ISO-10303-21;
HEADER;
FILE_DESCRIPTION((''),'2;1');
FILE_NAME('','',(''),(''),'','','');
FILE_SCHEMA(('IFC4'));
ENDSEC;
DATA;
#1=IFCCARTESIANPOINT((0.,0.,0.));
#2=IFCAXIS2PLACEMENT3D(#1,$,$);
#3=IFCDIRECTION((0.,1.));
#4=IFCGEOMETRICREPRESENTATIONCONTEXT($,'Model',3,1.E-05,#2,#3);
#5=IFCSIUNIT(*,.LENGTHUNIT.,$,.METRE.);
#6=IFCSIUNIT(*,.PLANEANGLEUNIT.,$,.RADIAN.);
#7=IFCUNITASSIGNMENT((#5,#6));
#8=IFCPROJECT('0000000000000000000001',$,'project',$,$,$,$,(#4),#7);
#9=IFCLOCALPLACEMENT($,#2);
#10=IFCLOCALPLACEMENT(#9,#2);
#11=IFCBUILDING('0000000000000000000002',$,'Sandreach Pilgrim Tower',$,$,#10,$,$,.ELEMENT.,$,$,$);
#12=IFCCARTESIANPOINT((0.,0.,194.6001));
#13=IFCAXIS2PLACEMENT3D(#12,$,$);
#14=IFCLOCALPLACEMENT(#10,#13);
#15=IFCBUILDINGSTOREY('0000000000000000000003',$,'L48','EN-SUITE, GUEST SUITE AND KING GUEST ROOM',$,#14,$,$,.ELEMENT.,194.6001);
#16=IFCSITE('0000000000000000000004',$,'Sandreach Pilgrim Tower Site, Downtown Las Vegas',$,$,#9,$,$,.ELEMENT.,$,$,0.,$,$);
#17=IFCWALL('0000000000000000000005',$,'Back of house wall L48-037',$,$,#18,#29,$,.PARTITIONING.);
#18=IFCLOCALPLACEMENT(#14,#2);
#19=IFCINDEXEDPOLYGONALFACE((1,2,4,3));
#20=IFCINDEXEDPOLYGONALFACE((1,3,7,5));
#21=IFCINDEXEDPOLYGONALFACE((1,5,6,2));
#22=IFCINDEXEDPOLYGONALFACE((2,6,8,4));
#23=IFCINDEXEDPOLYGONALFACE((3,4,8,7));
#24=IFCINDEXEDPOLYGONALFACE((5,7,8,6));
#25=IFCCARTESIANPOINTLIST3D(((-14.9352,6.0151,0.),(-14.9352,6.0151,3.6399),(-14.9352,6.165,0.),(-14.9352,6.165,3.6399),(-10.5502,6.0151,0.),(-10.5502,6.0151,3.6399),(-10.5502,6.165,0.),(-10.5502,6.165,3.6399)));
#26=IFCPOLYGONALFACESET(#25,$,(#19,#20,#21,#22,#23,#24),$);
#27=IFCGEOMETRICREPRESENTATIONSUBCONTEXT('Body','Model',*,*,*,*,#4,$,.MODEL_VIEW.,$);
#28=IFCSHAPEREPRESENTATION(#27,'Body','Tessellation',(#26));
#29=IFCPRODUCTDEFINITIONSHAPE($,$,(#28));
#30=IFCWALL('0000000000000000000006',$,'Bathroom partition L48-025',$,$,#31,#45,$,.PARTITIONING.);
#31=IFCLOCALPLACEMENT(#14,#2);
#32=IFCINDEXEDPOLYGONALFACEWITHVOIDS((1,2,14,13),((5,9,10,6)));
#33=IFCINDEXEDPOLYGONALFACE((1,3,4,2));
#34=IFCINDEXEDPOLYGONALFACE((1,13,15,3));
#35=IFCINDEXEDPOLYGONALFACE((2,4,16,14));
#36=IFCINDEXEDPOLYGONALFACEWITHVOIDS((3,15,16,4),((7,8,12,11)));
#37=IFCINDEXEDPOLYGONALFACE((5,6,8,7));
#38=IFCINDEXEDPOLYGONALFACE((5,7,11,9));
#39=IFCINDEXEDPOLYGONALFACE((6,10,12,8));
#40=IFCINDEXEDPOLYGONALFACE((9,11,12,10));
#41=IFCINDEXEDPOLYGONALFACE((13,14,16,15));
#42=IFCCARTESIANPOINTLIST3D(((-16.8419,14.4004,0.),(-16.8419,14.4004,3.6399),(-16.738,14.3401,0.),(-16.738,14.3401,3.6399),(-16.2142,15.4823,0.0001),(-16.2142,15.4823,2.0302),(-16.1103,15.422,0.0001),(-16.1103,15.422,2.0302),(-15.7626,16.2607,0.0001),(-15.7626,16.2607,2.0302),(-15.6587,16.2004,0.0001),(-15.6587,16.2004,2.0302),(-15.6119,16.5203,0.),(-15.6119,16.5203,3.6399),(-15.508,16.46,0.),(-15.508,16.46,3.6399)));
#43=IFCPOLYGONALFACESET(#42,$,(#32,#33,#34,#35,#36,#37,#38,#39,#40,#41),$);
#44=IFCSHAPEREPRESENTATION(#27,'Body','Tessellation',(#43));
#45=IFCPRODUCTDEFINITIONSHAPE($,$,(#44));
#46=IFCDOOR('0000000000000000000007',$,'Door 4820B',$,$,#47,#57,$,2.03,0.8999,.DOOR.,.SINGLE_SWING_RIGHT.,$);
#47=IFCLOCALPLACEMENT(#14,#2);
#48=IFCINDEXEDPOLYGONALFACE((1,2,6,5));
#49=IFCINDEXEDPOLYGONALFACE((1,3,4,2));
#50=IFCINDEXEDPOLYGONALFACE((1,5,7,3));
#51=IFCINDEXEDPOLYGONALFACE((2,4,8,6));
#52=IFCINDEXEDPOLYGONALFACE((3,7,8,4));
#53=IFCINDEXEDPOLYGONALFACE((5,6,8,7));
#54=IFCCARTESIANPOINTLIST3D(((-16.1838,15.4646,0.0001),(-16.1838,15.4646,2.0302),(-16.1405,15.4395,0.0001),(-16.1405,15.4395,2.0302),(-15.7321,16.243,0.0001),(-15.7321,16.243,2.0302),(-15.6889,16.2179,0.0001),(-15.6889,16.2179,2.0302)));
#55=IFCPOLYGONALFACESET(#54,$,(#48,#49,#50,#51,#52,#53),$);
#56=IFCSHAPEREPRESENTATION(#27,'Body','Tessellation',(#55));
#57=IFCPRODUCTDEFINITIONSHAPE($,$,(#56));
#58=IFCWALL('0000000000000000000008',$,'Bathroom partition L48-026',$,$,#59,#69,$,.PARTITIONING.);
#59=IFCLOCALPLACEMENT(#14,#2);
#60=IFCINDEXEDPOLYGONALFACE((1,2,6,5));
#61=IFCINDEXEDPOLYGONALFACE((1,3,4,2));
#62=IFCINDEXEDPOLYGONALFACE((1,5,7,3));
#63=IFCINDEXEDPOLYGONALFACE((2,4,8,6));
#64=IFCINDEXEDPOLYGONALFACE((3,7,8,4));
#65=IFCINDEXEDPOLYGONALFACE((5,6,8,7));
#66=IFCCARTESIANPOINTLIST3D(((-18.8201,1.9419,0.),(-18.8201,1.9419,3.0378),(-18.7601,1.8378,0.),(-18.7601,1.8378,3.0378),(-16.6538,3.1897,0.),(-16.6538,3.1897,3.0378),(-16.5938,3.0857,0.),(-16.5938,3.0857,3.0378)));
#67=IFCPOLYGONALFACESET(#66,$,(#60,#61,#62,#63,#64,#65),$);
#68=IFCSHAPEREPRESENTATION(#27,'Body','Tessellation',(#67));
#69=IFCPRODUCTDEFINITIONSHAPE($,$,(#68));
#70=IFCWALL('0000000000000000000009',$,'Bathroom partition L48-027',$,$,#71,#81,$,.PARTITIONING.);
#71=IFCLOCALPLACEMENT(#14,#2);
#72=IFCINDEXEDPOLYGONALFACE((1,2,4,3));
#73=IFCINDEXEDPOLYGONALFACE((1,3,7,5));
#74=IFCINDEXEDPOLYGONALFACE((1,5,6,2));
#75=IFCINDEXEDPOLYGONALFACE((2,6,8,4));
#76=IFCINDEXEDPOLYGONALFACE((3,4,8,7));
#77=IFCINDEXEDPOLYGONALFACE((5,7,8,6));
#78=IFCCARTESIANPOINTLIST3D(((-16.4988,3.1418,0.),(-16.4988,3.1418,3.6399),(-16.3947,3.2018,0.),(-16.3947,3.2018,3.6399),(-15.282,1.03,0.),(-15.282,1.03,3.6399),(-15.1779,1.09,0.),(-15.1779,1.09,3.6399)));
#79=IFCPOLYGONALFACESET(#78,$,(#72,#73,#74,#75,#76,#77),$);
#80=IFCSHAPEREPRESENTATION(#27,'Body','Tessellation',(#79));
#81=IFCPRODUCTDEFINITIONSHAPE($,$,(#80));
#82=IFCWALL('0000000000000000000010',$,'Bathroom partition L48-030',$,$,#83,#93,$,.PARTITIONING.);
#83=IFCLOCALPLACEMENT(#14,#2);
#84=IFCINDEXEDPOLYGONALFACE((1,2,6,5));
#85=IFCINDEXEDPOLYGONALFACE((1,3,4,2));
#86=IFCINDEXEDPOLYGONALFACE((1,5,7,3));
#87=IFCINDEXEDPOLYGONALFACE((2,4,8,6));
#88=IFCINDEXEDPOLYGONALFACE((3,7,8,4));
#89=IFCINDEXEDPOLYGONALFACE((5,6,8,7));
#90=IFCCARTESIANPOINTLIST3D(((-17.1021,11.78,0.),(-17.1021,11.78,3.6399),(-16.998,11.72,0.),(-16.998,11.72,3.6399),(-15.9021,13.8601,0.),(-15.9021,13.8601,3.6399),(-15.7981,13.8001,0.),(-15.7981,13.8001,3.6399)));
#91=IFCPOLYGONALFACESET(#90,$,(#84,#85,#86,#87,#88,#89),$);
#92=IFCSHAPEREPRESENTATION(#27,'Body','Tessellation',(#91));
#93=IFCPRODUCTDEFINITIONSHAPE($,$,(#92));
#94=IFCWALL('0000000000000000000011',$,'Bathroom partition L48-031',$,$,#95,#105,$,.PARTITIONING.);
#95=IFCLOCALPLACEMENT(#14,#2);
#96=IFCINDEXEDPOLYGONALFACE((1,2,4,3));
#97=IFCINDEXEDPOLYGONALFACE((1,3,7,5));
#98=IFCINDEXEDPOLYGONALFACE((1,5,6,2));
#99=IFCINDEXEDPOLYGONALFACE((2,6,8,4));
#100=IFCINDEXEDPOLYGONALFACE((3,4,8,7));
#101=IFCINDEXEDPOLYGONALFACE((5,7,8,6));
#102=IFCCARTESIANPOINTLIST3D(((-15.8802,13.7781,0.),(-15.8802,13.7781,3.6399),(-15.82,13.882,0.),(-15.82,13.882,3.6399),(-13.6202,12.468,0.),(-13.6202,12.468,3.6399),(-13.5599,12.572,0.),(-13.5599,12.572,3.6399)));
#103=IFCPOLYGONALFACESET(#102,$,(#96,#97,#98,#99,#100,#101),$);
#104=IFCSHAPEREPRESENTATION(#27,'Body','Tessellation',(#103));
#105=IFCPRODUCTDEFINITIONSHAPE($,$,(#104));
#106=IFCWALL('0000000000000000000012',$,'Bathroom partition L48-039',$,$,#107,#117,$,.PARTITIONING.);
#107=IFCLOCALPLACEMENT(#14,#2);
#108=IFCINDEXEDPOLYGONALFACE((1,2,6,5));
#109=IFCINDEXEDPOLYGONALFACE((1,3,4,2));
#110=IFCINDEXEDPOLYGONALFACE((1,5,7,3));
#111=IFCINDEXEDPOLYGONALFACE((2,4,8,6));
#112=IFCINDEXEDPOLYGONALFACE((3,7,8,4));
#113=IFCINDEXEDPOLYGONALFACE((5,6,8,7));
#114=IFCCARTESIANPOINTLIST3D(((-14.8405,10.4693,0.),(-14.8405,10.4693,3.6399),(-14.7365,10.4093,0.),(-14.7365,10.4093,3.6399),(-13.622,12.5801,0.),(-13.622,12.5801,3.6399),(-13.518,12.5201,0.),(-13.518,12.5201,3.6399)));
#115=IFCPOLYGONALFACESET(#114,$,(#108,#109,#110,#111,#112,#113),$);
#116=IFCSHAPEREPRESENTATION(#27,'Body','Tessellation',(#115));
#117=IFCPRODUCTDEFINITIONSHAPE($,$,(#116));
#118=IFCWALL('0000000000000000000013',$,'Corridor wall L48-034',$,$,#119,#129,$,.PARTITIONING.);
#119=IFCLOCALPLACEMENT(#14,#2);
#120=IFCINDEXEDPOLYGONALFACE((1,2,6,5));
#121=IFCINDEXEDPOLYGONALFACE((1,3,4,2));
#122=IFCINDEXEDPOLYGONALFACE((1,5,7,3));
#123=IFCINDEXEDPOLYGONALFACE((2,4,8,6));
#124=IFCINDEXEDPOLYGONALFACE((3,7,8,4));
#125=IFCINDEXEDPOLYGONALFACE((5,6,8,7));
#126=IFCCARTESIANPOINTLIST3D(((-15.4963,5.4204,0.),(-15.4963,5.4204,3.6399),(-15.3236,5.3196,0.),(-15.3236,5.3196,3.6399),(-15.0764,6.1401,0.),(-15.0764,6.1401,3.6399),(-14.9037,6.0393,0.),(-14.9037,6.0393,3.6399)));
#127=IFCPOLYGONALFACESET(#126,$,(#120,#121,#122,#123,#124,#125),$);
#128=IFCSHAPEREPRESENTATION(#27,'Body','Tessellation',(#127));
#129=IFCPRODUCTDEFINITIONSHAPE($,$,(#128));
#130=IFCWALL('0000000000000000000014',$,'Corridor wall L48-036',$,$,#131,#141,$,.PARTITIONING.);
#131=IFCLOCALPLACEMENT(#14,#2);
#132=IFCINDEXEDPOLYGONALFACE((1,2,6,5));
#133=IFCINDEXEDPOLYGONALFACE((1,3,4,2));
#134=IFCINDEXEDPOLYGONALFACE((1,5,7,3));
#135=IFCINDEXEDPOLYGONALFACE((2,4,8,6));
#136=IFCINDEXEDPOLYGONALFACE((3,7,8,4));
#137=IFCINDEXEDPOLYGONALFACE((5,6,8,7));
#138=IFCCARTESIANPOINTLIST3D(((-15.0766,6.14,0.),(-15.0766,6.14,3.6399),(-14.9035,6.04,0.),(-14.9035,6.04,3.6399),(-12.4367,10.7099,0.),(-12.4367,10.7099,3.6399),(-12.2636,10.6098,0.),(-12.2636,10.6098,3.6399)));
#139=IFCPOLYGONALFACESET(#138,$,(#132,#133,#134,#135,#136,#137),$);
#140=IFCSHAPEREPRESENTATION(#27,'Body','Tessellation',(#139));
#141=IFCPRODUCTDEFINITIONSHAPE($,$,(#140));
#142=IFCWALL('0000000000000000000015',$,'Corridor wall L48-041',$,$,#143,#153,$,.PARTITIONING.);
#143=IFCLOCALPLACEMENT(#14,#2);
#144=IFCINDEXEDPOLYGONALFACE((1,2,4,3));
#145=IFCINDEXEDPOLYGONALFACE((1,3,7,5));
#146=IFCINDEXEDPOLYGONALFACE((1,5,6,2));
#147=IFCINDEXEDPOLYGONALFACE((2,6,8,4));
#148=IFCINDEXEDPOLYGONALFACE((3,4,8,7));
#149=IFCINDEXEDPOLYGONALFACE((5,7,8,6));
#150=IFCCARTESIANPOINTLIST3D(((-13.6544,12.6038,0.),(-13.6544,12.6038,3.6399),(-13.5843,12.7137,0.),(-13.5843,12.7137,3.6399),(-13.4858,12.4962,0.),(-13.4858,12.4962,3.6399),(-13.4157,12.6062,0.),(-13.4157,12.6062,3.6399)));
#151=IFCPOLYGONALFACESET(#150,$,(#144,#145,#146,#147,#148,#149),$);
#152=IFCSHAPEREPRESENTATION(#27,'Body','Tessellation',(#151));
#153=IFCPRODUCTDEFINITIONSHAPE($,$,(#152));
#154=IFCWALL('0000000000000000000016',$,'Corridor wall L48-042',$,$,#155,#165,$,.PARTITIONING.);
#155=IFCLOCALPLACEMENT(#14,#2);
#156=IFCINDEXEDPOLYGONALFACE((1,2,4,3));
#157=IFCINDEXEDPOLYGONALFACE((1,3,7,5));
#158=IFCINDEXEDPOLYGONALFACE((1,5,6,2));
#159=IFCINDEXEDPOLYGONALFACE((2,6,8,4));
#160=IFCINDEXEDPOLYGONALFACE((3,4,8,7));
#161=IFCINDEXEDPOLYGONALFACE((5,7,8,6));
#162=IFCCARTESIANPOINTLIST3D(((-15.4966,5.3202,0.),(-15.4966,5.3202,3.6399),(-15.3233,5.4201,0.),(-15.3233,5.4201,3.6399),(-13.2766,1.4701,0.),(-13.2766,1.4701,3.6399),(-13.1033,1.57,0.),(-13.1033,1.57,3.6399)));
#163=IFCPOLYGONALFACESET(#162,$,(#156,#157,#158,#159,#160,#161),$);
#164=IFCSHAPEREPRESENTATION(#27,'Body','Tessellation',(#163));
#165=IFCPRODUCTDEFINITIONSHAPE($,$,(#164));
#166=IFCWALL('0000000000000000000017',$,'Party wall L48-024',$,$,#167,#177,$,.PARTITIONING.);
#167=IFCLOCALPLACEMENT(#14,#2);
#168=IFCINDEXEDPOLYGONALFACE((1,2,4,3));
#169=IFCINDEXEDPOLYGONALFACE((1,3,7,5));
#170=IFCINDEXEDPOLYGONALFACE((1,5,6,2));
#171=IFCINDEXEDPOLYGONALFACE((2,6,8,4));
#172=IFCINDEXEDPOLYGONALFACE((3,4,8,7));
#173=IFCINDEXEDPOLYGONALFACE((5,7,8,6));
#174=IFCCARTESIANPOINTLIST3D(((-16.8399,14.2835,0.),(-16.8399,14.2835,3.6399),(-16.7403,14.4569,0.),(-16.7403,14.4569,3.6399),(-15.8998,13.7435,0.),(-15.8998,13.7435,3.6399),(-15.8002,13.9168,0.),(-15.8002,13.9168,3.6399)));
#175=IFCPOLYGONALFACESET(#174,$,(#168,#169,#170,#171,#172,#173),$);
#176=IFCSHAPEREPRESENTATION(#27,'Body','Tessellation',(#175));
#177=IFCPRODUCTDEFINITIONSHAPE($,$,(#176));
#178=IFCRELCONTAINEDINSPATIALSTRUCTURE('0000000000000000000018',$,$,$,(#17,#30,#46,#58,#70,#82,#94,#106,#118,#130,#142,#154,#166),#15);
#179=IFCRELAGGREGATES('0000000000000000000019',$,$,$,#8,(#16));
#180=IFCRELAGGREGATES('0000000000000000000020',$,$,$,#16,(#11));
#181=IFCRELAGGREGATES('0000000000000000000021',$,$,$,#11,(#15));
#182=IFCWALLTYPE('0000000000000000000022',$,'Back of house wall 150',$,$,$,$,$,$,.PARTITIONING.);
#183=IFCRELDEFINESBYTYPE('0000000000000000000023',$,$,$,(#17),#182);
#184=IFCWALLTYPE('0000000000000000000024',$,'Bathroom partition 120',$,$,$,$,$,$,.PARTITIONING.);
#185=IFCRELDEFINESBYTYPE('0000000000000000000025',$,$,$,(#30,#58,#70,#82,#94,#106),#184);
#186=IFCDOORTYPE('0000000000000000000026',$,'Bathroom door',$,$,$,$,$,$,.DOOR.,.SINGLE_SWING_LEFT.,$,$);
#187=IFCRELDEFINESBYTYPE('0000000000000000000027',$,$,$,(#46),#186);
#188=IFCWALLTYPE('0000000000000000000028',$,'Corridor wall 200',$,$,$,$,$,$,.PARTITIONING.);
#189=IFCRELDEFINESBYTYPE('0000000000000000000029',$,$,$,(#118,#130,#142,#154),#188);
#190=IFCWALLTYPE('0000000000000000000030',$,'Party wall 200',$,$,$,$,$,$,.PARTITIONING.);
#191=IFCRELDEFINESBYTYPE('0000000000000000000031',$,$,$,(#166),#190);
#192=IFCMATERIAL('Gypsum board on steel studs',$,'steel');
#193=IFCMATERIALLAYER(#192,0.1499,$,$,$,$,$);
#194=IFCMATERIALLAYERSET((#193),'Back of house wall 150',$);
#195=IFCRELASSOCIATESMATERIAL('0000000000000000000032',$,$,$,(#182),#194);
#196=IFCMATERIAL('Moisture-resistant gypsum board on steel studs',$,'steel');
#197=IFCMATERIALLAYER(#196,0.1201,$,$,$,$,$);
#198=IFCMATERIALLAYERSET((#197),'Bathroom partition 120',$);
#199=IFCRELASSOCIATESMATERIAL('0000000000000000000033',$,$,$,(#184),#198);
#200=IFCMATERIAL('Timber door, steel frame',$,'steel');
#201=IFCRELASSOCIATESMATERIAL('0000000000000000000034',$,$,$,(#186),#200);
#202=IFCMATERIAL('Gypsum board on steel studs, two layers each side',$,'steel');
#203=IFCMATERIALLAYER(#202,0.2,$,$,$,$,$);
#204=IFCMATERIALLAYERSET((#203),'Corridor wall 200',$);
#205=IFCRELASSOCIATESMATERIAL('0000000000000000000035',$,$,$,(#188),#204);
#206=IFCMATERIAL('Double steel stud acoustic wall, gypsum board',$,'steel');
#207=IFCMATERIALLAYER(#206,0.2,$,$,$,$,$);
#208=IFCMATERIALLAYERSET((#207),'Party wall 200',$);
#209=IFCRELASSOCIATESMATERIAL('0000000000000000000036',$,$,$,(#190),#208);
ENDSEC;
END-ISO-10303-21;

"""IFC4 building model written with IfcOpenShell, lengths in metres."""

from ifc_helpers import new_model, si_unit, direction, frame, frame_2d, origin, place, context, subcontext, project, spatial, rectangle, extrude, material, layer, layer_set, type_object, element, fill, save


model = new_model("IFC4")

# Units and contexts
model_context = context("Model", 3, precision=1e-05, world=origin(), true_north=direction((0.0, 1.0)))
body_context = subcontext(model_context, "Body", "Model", "MODEL_VIEW")
ifc_project = project(units=[si_unit("LENGTHUNIT", "METRE"), si_unit("PLANEANGLEUNIT", "RADIAN")], contexts=[model_context])

# Site, building, storey
site_placement = place(None, origin())
site = spatial("IfcSite", under=ifc_project, at=site_placement, Name="Sandreach Pilgrim Tower Site, Downtown Las Vegas", CompositionType="ELEMENT", RefElevation=0.0)
building_placement = place(site_placement, origin())
building = spatial("IfcBuilding", under=site, at=building_placement, Name="Sandreach Pilgrim Tower", CompositionType="ELEMENT")
storey_placement = place(building_placement, frame((0.0, 0.0, 194.6001)))
storey = spatial("IfcBuildingStorey", under=building, at=storey_placement, Name="L48", Description="EN-SUITE, GUEST SUITE AND KING GUEST ROOM", CompositionType="ELEMENT", Elevation=194.6001)

# Wall
ifc_material_1 = material(Name="Gypsum board on steel studs", Category="steel")
ifc_layer_1 = layer(ifc_material_1, 0.1499)
ifc_layer_set_1 = layer_set([ifc_layer_1], Name="Back of house wall 150")
wall_type_1 = type_object("IfcWallType", Name="Back of house wall 150", PredefinedType="PARTITIONING", material=ifc_layer_set_1)
wall_1_placement = place(storey_placement, frame((-14.9351, 6.0901, 0.0), z_axis=(0.0, 0.0, 1.0), x_axis=(1.0, 0.0, 0.0)))
element("IfcWall", 1, at=wall_1_placement, inside=storey, type_object=wall_type_1, Name="Back of house wall L48-037", PredefinedType="PARTITIONING", context=body_context, shape_type="SweptSolid", body=[
    extrude(rectangle(XDim=4.385, YDim=0.1499, at=frame_2d((2.1924, 0.0))), origin(), (0.0, 0.0, 1.0), 3.6399),
])

# Wall, opening, door
ifc_material_2 = material(Name="Moisture-resistant gypsum board on steel studs", Category="steel")
ifc_layer_2 = layer(ifc_material_2, 0.1201)
ifc_layer_set_2 = layer_set([ifc_layer_2], Name="Bathroom partition 120")
wall_type_2 = type_object("IfcWallType", Name="Bathroom partition 120", PredefinedType="PARTITIONING", material=ifc_layer_set_2)
wall_2_placement = place(storey_placement, frame((-16.79, 14.3701, 0.0), z_axis=(0.0, 0.0, 1.0), x_axis=(0.501857, 0.864951, 0.0)))
wall_2 = element("IfcWall", 2, at=wall_2_placement, inside=storey, type_object=wall_type_2, Name="Bathroom partition L48-025", PredefinedType="PARTITIONING", context=body_context, shape_type="SweptSolid", body=[
    extrude(rectangle(XDim=2.4509, YDim=0.1201, at=frame_2d((1.2256, 0.0))), origin(), (0.0, 0.0, 1.0), 3.6399),
])
opening_1_placement = place(wall_2_placement, frame((1.251, 0.0, 0.0)))
opening_1 = element("IfcOpeningElement", 3, at=opening_1_placement, cuts=wall_2, PredefinedType="OPENING", context=body_context, shape_type="SweptSolid", body=[
    extrude(rectangle(XDim=0.8999, YDim=2.03, at=frame_2d((0.45, 1.0151))), frame((0.0, 0.0601, 0.0), z_axis=(0.0, -1.0, 0.0), x_axis=(1.0, 0.0, 0.0)), (0.0, 0.0, 1.0), 0.1201),
])
ifc_material_3 = material(Name="Timber door, steel frame", Category="steel")
door_type_1 = type_object("IfcDoorType", Name="Bathroom door", OperationType="SINGLE_SWING_LEFT", PredefinedType="DOOR", material=ifc_material_3)
door_1_placement = place(opening_1_placement, origin())
door_1 = element("IfcDoor", 4, at=door_1_placement, inside=storey, type_object=door_type_1, Name="Door 4820B", OperationType="SINGLE_SWING_RIGHT", OverallHeight=2.03, OverallWidth=0.8999, PredefinedType="DOOR", context=body_context, shape_type="SweptSolid", body=[
    extrude(rectangle(XDim=0.8999, YDim=2.03, at=frame_2d((0.45, 1.0151))), frame((0.0, 0.0249, 0.0), z_axis=(0.0, -1.0, 0.0), x_axis=(1.0, 0.0, 0.0)), (0.0, 0.0, 1.0), 0.05),
])
fill(opening_1, door_1)

# Walls
wall_3_placement = place(storey_placement, frame((-16.6238, 3.1377, 0.0), z_axis=(0.0, 0.0, 1.0), x_axis=(-0.866525, -0.499133, 0.0)))
element("IfcWall", 5, at=wall_3_placement, inside=storey, type_object=wall_type_2, Name="Bathroom partition L48-026", PredefinedType="PARTITIONING", context=body_context, shape_type="SweptSolid", body=[
    extrude(rectangle(XDim=2.5, YDim=0.1201, at=frame_2d((1.25, 0.0))), origin(), (0.0, 0.0, 1.0), 3.0378),
])
wall_4_placement = place(storey_placement, frame((-16.4468, 3.1719, 0.0), z_axis=(0.0, 0.0, 1.0), x_axis=(0.499243, -0.866462, 0.0)))
element("IfcWall", 6, at=wall_4_placement, inside=storey, type_object=wall_type_2, Name="Bathroom partition L48-027", PredefinedType="PARTITIONING", context=body_context, shape_type="SweptSolid", body=[
    extrude(rectangle(XDim=2.4373, YDim=0.1201, at=frame_2d((1.2188, 0.0))), origin(), (0.0, 0.0, 1.0), 3.6399),
])
wall_5_placement = place(storey_placement, frame((-15.8501, 13.8301, 0.0), z_axis=(0.0, 0.0, 1.0), x_axis=(-0.499693, -0.866203, 0.0)))
element("IfcWall", 7, at=wall_5_placement, inside=storey, type_object=wall_type_2, Name="Bathroom partition L48-030", PredefinedType="PARTITIONING", context=body_context, shape_type="SweptSolid", body=[
    extrude(rectangle(XDim=2.4014, YDim=0.1201, at=frame_2d((1.2007, 0.0))), origin(), (0.0, 0.0, 1.0), 3.6399),
])
wall_6_placement = place(storey_placement, frame((-15.8501, 13.8301, 0.0), z_axis=(0.0, 0.0, 1.0), x_axis=(0.865155, -0.501504, 0.0)))
element("IfcWall", 8, at=wall_6_placement, inside=storey, type_object=wall_type_2, Name="Bathroom partition L48-031", PredefinedType="PARTITIONING", context=body_context, shape_type="SweptSolid", body=[
    extrude(rectangle(XDim=2.6123, YDim=0.1201, at=frame_2d((1.3062, 0.0))), origin(), (0.0, 0.0, 1.0), 3.6399),
])
wall_7_placement = place(storey_placement, frame((-14.7886, 10.4392, 0.0), z_axis=(0.0, 0.0, 1.0), x_axis=(0.499942, 0.866059, 0.0)))
element("IfcWall", 9, at=wall_7_placement, inside=storey, type_object=wall_type_2, Name="Bathroom partition L48-039", PredefinedType="PARTITIONING", context=body_context, shape_type="SweptSolid", body=[
    extrude(rectangle(XDim=2.4373, YDim=0.1201, at=frame_2d((1.2188, 0.0))), origin(), (0.0, 0.0, 1.0), 3.6399),
])

# Shared definitions
ifc_material_4 = material(Name="Gypsum board on steel studs, two layers each side", Category="steel")
ifc_layer_3 = layer(ifc_material_4, 0.2)
ifc_layer_set_3 = layer_set([ifc_layer_3], Name="Corridor wall 200")
wall_type_3 = type_object("IfcWallType", Name="Corridor wall 200", PredefinedType="PARTITIONING", material=ifc_layer_set_3)

# Walls
wall_8_placement = place(storey_placement, frame((-15.4099, 5.3701, 0.0), z_axis=(0.0, 0.0, 1.0), x_axis=(0.503944, 0.863736, 0.0)))
element("IfcWall", 10, at=wall_8_placement, inside=storey, type_object=wall_type_3, Name="Corridor wall L48-034", PredefinedType="PARTITIONING", context=body_context, shape_type="SweptSolid", body=[
    extrude(rectangle(XDim=0.8333, YDim=0.2, at=frame_2d((0.4165, 0.0))), origin(), (0.0, 0.0, 1.0), 3.6399),
])
wall_9_placement = place(storey_placement, frame((-14.99, 6.0901, 0.0), z_axis=(0.0, 0.0, 1.0), x_axis=(0.500214, 0.865902, 0.0)))
element("IfcWall", 11, at=wall_9_placement, inside=storey, type_object=wall_type_3, Name="Corridor wall L48-036", PredefinedType="PARTITIONING", context=body_context, shape_type="SweptSolid", body=[
    extrude(rectangle(XDim=5.2776, YDim=0.2, at=frame_2d((2.6387, 0.0))), origin(), (0.0, 0.0, 1.0), 3.6399),
])
wall_10_placement = place(storey_placement, frame((-13.5, 12.6599, 0.0), z_axis=(0.0, 0.0, 1.0), x_axis=(-0.537724, -0.843121, 0.0)))
element("IfcWall", 12, at=wall_10_placement, inside=storey, type_object=wall_type_3, Name="Corridor wall L48-041", PredefinedType="PARTITIONING", context=body_context, shape_type="SweptSolid", body=[
    extrude(rectangle(XDim=0.1304, YDim=0.2, at=frame_2d((0.0652, 0.0))), origin(), (0.0, 0.0, 1.0), 3.6399),
])
wall_11_placement = place(storey_placement, frame((-13.1899, 1.52, 0.0), z_axis=(0.0, 0.0, 1.0), x_axis=(-0.499513, 0.866306, 0.0)))
element("IfcWall", 13, at=wall_11_placement, inside=storey, type_object=wall_type_3, Name="Corridor wall L48-042", PredefinedType="PARTITIONING", context=body_context, shape_type="SweptSolid", body=[
    extrude(rectangle(XDim=4.4443, YDim=0.2, at=frame_2d((2.2222, 0.0))), origin(), (0.0, 0.0, 1.0), 3.6399),
])

# Wall
ifc_material_5 = material(Name="Double steel stud acoustic wall, gypsum board", Category="steel")
ifc_layer_4 = layer(ifc_material_5, 0.2)
ifc_layer_set_4 = layer_set([ifc_layer_4], Name="Party wall 200")
wall_type_4 = type_object("IfcWallType", Name="Party wall 200", PredefinedType="PARTITIONING", material=ifc_layer_set_4)
wall_12_placement = place(storey_placement, frame((-16.79, 14.3701, 0.0), z_axis=(0.0, 0.0, 1.0), x_axis=(0.867132, -0.498078, 0.0)))
element("IfcWall", 14, at=wall_12_placement, inside=storey, type_object=wall_type_4, Name="Party wall L48-024", PredefinedType="PARTITIONING", context=body_context, shape_type="SweptSolid", body=[
    extrude(rectangle(XDim=1.0842, YDim=0.2, at=frame_2d((0.542, 0.0))), origin(), (0.0, 0.0, 1.0), 3.6399),
])

save(model, "model.ifc")
